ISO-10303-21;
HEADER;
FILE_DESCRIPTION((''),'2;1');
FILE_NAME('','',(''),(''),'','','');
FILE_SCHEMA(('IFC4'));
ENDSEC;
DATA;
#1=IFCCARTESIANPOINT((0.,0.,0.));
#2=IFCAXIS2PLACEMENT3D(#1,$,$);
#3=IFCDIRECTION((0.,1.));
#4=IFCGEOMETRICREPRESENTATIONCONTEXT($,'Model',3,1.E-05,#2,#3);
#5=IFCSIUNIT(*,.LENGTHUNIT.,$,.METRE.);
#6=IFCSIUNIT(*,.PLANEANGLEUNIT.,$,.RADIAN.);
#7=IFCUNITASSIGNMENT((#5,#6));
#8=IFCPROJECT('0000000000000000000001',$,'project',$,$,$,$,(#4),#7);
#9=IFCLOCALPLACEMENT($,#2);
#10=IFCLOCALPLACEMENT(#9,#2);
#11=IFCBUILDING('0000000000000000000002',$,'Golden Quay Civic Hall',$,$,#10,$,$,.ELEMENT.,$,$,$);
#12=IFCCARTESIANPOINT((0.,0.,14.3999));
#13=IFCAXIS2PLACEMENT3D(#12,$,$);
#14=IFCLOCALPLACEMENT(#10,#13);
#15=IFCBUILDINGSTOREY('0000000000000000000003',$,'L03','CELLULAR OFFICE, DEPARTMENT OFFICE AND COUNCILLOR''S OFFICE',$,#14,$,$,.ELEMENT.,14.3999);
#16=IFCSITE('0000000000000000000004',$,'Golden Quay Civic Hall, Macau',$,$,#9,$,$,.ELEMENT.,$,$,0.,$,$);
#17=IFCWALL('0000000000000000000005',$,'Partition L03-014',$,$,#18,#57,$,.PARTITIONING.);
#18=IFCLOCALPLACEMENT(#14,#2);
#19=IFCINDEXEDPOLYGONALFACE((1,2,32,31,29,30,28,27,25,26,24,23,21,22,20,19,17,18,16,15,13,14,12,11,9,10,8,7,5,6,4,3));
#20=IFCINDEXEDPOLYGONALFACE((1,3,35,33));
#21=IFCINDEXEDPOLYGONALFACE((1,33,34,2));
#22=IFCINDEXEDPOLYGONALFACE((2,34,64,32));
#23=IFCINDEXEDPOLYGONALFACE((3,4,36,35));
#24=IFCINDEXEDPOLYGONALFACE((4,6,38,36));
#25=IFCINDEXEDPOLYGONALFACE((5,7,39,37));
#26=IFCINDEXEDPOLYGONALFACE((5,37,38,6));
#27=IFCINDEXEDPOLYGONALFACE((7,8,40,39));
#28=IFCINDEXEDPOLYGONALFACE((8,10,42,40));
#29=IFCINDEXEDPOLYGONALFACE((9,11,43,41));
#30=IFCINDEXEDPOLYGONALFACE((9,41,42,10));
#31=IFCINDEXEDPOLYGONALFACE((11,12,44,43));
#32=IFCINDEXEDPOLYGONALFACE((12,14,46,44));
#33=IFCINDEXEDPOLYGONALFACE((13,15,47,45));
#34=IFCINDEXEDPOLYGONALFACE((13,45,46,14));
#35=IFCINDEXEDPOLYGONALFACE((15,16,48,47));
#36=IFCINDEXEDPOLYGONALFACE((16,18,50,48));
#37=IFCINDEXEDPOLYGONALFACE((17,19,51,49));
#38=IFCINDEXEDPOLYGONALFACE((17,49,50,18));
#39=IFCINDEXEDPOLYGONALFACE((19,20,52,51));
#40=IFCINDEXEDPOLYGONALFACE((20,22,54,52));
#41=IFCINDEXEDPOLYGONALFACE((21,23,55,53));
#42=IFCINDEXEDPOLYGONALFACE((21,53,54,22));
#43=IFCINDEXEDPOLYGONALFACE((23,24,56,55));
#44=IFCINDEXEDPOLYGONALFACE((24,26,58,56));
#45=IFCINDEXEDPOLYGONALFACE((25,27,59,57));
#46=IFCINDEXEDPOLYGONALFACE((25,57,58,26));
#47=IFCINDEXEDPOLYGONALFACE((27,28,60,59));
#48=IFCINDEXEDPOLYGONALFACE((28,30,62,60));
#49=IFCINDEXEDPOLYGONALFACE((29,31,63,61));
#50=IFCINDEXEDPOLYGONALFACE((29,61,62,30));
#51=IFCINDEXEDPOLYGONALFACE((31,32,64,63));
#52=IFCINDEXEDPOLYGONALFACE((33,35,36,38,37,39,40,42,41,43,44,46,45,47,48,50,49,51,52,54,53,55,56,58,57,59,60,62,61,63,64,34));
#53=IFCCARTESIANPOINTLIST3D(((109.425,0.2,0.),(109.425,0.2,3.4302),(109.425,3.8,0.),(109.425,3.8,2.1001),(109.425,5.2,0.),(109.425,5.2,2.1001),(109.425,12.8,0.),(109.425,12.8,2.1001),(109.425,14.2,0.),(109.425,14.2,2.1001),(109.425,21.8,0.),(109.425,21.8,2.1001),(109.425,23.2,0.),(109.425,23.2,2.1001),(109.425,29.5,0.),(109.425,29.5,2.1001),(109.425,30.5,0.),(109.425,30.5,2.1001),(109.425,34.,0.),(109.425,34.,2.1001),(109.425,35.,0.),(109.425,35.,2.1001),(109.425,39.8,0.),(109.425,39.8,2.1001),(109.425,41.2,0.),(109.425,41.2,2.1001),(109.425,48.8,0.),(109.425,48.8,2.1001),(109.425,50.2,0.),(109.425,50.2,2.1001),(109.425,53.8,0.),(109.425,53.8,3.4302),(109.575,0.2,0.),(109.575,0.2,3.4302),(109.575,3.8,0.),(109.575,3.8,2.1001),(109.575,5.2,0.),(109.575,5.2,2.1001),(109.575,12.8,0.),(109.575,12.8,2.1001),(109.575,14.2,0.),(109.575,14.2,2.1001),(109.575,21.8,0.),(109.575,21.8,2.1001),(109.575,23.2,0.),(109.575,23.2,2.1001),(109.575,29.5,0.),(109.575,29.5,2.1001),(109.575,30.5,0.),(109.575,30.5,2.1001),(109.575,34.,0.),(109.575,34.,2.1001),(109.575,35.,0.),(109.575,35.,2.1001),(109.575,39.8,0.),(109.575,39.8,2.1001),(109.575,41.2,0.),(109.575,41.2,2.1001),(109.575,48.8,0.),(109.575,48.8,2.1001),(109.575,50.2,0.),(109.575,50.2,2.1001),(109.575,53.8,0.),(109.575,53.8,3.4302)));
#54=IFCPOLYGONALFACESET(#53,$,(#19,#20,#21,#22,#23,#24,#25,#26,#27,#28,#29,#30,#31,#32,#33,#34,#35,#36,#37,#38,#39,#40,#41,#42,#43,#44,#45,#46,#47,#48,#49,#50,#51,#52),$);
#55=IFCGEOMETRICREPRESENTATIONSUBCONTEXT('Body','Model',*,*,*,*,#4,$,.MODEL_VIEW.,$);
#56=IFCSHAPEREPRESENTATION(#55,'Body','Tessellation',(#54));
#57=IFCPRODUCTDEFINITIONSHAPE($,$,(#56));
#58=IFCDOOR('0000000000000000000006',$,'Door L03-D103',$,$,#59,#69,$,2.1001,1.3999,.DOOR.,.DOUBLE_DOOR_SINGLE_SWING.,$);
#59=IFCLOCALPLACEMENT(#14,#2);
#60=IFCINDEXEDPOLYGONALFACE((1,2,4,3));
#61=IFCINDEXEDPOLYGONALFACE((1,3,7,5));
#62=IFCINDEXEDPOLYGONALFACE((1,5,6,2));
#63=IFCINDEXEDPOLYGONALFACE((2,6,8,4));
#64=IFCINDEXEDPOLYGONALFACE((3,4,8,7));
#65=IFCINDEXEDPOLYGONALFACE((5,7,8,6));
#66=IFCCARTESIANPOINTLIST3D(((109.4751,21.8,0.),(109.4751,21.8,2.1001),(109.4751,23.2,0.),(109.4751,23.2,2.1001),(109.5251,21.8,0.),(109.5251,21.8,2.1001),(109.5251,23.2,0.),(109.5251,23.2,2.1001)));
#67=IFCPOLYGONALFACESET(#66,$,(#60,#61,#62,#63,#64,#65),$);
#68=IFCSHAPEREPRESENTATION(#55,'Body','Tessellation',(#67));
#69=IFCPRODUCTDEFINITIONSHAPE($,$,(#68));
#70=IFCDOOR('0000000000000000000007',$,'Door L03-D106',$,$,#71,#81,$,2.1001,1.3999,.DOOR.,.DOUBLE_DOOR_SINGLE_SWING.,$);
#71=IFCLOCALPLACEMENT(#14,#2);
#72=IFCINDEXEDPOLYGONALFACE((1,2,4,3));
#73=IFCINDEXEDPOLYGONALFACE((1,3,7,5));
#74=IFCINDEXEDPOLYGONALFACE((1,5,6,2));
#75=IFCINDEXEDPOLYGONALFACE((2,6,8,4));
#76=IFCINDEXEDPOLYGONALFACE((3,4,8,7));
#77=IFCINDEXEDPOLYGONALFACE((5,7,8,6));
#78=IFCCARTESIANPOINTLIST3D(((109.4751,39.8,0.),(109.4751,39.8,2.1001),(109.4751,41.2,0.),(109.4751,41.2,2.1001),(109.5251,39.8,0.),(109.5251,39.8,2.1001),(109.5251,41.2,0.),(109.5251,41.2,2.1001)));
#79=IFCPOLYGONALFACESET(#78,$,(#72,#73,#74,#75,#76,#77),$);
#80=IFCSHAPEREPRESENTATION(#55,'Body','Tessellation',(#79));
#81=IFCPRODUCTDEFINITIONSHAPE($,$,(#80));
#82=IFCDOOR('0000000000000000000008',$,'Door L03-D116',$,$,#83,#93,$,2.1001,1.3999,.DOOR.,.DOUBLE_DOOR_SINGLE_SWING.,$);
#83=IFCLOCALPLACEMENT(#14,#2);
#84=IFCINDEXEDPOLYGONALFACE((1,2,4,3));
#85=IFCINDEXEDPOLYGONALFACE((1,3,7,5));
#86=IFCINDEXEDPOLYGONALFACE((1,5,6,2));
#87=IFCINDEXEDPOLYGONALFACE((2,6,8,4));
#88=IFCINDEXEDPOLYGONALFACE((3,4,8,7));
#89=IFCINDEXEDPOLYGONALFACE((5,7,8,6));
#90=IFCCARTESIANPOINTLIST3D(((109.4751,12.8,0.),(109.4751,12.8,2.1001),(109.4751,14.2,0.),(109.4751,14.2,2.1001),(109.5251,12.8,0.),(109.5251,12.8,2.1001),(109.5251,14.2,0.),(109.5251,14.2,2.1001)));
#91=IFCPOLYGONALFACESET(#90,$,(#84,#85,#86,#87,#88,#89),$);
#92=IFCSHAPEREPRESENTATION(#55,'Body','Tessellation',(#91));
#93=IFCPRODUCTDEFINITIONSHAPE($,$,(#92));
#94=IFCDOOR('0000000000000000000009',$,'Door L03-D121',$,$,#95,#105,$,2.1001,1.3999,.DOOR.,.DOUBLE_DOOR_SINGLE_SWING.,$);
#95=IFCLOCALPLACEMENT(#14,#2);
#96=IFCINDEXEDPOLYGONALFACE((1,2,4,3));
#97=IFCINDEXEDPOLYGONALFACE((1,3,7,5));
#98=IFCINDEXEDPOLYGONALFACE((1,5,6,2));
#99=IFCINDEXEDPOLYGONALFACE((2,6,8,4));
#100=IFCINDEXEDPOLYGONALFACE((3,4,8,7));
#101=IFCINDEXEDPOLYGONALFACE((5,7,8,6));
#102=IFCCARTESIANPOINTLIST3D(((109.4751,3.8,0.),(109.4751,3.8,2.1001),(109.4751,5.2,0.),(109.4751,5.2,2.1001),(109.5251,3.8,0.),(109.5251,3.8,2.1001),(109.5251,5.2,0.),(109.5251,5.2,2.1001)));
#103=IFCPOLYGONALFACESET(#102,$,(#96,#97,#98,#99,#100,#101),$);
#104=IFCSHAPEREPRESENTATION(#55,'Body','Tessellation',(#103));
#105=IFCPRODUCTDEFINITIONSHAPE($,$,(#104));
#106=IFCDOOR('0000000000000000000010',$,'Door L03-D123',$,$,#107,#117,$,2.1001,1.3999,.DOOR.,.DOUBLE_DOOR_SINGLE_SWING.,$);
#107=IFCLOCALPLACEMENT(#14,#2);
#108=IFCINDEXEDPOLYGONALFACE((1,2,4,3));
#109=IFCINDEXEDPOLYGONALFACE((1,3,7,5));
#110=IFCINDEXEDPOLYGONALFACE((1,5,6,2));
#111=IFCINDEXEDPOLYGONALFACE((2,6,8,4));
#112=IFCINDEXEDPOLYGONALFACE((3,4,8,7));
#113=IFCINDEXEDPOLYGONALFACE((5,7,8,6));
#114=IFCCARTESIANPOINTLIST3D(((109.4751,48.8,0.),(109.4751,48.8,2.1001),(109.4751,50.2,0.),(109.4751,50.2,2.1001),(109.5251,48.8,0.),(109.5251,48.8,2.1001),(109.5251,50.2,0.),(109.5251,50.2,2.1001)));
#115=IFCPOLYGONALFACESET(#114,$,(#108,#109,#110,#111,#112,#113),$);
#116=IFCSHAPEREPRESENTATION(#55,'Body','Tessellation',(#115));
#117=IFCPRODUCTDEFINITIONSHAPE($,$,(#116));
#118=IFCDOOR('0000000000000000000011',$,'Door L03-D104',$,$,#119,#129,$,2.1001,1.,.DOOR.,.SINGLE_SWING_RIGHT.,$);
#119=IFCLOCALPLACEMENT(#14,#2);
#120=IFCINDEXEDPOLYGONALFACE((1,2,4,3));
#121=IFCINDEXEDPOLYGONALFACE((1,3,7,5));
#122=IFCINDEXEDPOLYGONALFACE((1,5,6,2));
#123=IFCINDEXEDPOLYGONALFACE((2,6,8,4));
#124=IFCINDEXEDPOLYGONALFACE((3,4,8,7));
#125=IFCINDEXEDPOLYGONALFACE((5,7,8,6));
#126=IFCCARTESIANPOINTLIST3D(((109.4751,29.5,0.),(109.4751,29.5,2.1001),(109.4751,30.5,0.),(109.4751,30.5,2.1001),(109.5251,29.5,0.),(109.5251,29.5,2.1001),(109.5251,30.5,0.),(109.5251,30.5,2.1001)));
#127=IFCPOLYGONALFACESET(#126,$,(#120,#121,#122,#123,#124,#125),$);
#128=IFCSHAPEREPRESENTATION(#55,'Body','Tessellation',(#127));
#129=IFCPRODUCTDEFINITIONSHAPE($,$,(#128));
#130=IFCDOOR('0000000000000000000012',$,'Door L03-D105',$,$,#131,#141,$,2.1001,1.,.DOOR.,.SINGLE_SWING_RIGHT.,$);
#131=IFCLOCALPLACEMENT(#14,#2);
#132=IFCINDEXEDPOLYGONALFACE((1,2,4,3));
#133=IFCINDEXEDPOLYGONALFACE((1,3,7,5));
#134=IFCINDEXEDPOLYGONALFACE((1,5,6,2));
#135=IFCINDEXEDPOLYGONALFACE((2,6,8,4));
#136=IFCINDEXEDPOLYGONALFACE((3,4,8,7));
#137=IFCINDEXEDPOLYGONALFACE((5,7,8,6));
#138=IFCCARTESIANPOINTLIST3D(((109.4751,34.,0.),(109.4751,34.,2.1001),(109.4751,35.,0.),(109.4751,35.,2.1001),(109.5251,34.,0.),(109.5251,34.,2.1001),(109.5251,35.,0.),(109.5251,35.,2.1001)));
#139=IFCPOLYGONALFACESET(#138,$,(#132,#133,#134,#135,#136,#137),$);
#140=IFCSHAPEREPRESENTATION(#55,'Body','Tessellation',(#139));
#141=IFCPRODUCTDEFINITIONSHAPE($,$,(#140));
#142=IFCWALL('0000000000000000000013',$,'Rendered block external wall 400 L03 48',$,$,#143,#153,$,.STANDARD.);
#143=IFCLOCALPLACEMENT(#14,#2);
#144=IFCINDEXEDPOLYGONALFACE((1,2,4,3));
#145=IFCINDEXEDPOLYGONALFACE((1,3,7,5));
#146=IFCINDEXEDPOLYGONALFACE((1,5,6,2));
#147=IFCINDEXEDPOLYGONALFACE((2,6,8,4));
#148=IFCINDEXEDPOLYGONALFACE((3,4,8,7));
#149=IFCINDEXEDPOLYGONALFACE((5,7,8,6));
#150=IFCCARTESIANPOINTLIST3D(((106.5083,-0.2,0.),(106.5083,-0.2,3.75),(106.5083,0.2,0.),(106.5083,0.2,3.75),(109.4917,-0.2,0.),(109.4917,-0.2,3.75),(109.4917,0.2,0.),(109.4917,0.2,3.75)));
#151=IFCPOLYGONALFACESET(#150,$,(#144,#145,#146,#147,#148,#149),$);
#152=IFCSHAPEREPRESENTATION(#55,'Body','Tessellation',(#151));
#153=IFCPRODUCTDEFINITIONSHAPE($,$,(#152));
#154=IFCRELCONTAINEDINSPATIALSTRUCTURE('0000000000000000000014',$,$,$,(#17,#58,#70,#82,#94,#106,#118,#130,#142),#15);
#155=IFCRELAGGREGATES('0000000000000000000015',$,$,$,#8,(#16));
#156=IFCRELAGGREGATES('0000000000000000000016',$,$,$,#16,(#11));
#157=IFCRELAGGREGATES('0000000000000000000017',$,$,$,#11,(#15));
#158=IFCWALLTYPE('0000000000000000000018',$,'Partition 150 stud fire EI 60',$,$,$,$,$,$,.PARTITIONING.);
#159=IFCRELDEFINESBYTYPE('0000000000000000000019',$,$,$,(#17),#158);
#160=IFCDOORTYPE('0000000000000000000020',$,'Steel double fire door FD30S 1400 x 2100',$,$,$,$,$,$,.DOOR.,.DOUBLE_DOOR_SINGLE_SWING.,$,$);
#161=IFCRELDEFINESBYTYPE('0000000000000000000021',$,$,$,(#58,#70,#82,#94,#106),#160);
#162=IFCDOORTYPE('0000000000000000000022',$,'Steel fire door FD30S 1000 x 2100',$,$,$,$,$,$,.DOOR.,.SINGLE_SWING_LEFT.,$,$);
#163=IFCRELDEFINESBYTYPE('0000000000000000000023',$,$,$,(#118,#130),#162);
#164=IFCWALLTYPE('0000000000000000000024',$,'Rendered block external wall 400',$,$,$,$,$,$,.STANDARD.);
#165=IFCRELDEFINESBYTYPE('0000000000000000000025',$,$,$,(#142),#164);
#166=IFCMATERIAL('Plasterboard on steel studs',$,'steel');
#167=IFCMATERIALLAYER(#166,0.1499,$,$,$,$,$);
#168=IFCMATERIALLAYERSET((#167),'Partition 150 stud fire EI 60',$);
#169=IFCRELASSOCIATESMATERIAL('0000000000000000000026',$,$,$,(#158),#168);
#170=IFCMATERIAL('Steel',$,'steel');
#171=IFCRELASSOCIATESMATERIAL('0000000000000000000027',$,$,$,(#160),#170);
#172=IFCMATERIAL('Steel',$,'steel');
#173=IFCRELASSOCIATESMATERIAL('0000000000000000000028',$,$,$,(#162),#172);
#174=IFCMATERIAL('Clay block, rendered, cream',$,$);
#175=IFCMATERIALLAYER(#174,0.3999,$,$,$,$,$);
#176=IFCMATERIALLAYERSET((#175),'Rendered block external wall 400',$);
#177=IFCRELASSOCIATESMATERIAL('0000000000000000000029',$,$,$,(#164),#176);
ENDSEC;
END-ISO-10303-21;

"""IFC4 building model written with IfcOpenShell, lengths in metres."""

from ifc_helpers import new_model, si_unit, direction, frame, frame_2d, origin, place, context, subcontext, project, spatial, rectangle, extrude, material, layer, layer_set, type_object, element, fill, save


model = new_model("IFC4")

# Units and contexts
model_context = context("Model", 3, precision=1e-05, world=origin(), true_north=direction((0.0, 1.0)))
body_context = subcontext(model_context, "Body", "Model", "MODEL_VIEW")
ifc_project = project(units=[si_unit("LENGTHUNIT", "METRE"), si_unit("PLANEANGLEUNIT", "RADIAN")], contexts=[model_context])

# Site, building, storey
site_placement = place(None, origin())
site = spatial("IfcSite", under=ifc_project, at=site_placement, Name="Golden Quay Civic Hall, Macau", CompositionType="ELEMENT", RefElevation=0.0)
building_placement = place(site_placement, origin())
building = spatial("IfcBuilding", under=site, at=building_placement, Name="Golden Quay Civic Hall", CompositionType="ELEMENT")
storey_placement = place(building_placement, frame((0.0, 0.0, 14.3999)))
storey = spatial("IfcBuildingStorey", under=building, at=storey_placement, Name="L03", Description="CELLULAR OFFICE, DEPARTMENT OFFICE AND COUNCILLOR'S OFFICE", CompositionType="ELEMENT", Elevation=14.3999)

# Wall, openings, doors
ifc_material_1 = material(Name="Plasterboard on steel studs", Category="steel")
ifc_layer_1 = layer(ifc_material_1, 0.1499)
ifc_layer_set_1 = layer_set([ifc_layer_1], Name="Partition 150 stud fire EI 60")
wall_type_1 = type_object("IfcWallType", Name="Partition 150 stud fire EI 60", PredefinedType="PARTITIONING", material=ifc_layer_set_1)
wall_1_placement = place(storey_placement, frame((109.5, 0.2, 0.0), z_axis=(0.0, 0.0, 1.0), x_axis=(0.0, 1.0, 0.0)))
wall_1 = element("IfcWall", 1, at=wall_1_placement, inside=storey, type_object=wall_type_1, Name="Partition L03-014", PredefinedType="PARTITIONING", context=body_context, shape_type="SweptSolid", body=[
    extrude(rectangle(XDim=53.6001, YDim=0.1499, at=frame_2d((26.8, 0.0))), origin(), (0.0, 0.0, 1.0), 3.4302),
])
opening_1_placement = place(wall_1_placement, frame((21.6001, 0.0, 0.0)))
opening_1 = element("IfcOpeningElement", 2, at=opening_1_placement, cuts=wall_1, PredefinedType="OPENING", context=body_context, shape_type="SweptSolid", body=[
    extrude(rectangle(XDim=1.3999, YDim=2.1001, at=frame_2d((0.7, 1.05))), frame((0.0, 0.085, 0.0), z_axis=(0.0, -1.0, 0.0), x_axis=(1.0, 0.0, 0.0)), (0.0, 0.0, 1.0), 0.1699),
])
opening_2_placement = place(wall_1_placement, frame((29.3, 0.0, 0.0)))
opening_2 = element("IfcOpeningElement", 3, at=opening_2_placement, cuts=wall_1, PredefinedType="OPENING", context=body_context, shape_type="SweptSolid", body=[
    extrude(rectangle(XDim=1.0, YDim=2.1001, at=frame_2d((0.5, 1.05))), frame((0.0, 0.085, 0.0), z_axis=(0.0, -1.0, 0.0), x_axis=(1.0, 0.0, 0.0)), (0.0, 0.0, 1.0), 0.1699),
])
opening_3_placement = place(wall_1_placement, frame((33.8, 0.0, 0.0)))
opening_3 = element("IfcOpeningElement", 4, at=opening_3_placement, cuts=wall_1, PredefinedType="OPENING", context=body_context, shape_type="SweptSolid", body=[
    extrude(rectangle(XDim=1.0, YDim=2.1001, at=frame_2d((0.5, 1.05))), frame((0.0, 0.085, 0.0), z_axis=(0.0, -1.0, 0.0), x_axis=(1.0, 0.0, 0.0)), (0.0, 0.0, 1.0), 0.1699),
])
opening_4_placement = place(wall_1_placement, frame((39.6001, 0.0, 0.0)))
opening_4 = element("IfcOpeningElement", 5, at=opening_4_placement, cuts=wall_1, PredefinedType="OPENING", context=body_context, shape_type="SweptSolid", body=[
    extrude(rectangle(XDim=1.3999, YDim=2.1001, at=frame_2d((0.7, 1.05))), frame((0.0, 0.085, 0.0), z_axis=(0.0, -1.0, 0.0), x_axis=(1.0, 0.0, 0.0)), (0.0, 0.0, 1.0), 0.1699),
])
opening_5_placement = place(wall_1_placement, frame((12.6001, 0.0, 0.0)))
opening_5 = element("IfcOpeningElement", 6, at=opening_5_placement, cuts=wall_1, PredefinedType="OPENING", context=body_context, shape_type="SweptSolid", body=[
    extrude(rectangle(XDim=1.3999, YDim=2.1001, at=frame_2d((0.7, 1.05))), frame((0.0, 0.085, 0.0), z_axis=(0.0, -1.0, 0.0), x_axis=(1.0, 0.0, 0.0)), (0.0, 0.0, 1.0), 0.1699),
])
opening_6_placement = place(wall_1_placement, frame((3.6001, 0.0, 0.0)))
opening_6 = element("IfcOpeningElement", 7, at=opening_6_placement, cuts=wall_1, PredefinedType="OPENING", context=body_context, shape_type="SweptSolid", body=[
    extrude(rectangle(XDim=1.3999, YDim=2.1001, at=frame_2d((0.7, 1.05))), frame((0.0, 0.085, 0.0), z_axis=(0.0, -1.0, 0.0), x_axis=(1.0, 0.0, 0.0)), (0.0, 0.0, 1.0), 0.1699),
])
opening_7_placement = place(wall_1_placement, frame((48.6001, 0.0, 0.0)))
opening_7 = element("IfcOpeningElement", 8, at=opening_7_placement, cuts=wall_1, PredefinedType="OPENING", context=body_context, shape_type="SweptSolid", body=[
    extrude(rectangle(XDim=1.3999, YDim=2.1001, at=frame_2d((0.7, 1.05))), frame((0.0, 0.085, 0.0), z_axis=(0.0, -1.0, 0.0), x_axis=(1.0, 0.0, 0.0)), (0.0, 0.0, 1.0), 0.1699),
])
ifc_material_2 = material(Name="Steel", Category="steel")
door_type_1 = type_object("IfcDoorType", Name="Steel double fire door FD30S 1400 x 2100", OperationType="DOUBLE_DOOR_SINGLE_SWING", PredefinedType="DOOR", material=ifc_material_2)
door_1_placement = place(opening_1_placement, frame((1.3999, 0.0, 0.0), z_axis=(0.0, 0.0, 1.0), x_axis=(-1.0, 0.0, 0.0)))
door_1 = element("IfcDoor", 9, at=door_1_placement, inside=storey, type_object=door_type_1, Name="Door L03-D103", OperationType="DOUBLE_DOOR_SINGLE_SWING", OverallHeight=2.1001, OverallWidth=1.3999, PredefinedType="DOOR", context=body_context, shape_type="SweptSolid", body=[
    extrude(rectangle(XDim=1.3999, YDim=2.1001, at=frame_2d((0.7, 1.05))), frame((0.0, 0.0251, 0.0), z_axis=(0.0, -1.0, 0.0), x_axis=(1.0, 0.0, 0.0)), (0.0, 0.0, 1.0), 0.05),
])
fill(opening_1, door_1)
door_2_placement = place(opening_4_placement, frame((1.3999, 0.0, 0.0), z_axis=(0.0, 0.0, 1.0), x_axis=(-1.0, 0.0, 0.0)))
door_2 = element("IfcDoor", 10, at=door_2_placement, inside=storey, type_object=door_type_1, Name="Door L03-D106", OperationType="DOUBLE_DOOR_SINGLE_SWING", OverallHeight=2.1001, OverallWidth=1.3999, PredefinedType="DOOR", context=body_context, shape_type="SweptSolid", body=[
    extrude(rectangle(XDim=1.3999, YDim=2.1001, at=frame_2d((0.7, 1.05))), frame((0.0, 0.0251, 0.0), z_axis=(0.0, -1.0, 0.0), x_axis=(1.0, 0.0, 0.0)), (0.0, 0.0, 1.0), 0.05),
])
fill(opening_4, door_2)
door_3_placement = place(opening_5_placement, frame((1.3999, 0.0, 0.0), z_axis=(0.0, 0.0, 1.0), x_axis=(-1.0, 0.0, 0.0)))
door_3 = element("IfcDoor", 11, at=door_3_placement, inside=storey, type_object=door_type_1, Name="Door L03-D116", OperationType="DOUBLE_DOOR_SINGLE_SWING", OverallHeight=2.1001, OverallWidth=1.3999, PredefinedType="DOOR", context=body_context, shape_type="SweptSolid", body=[
    extrude(rectangle(XDim=1.3999, YDim=2.1001, at=frame_2d((0.7, 1.05))), frame((0.0, 0.0251, 0.0), z_axis=(0.0, -1.0, 0.0), x_axis=(1.0, 0.0, 0.0)), (0.0, 0.0, 1.0), 0.05),
])
fill(opening_5, door_3)
door_4_placement = place(opening_6_placement, origin())
door_4 = element("IfcDoor", 12, at=door_4_placement, inside=storey, type_object=door_type_1, Name="Door L03-D121", OperationType="DOUBLE_DOOR_SINGLE_SWING", OverallHeight=2.1001, OverallWidth=1.3999, PredefinedType="DOOR", context=body_context, shape_type="SweptSolid", body=[
    extrude(rectangle(XDim=1.3999, YDim=2.1001, at=frame_2d((0.7, 1.05))), frame((0.0, 0.0249, 0.0), z_axis=(0.0, -1.0, 0.0), x_axis=(1.0, 0.0, 0.0)), (0.0, 0.0, 1.0), 0.05),
])
fill(opening_6, door_4)
door_5_placement = place(opening_7_placement, origin())
door_5 = element("IfcDoor", 13, at=door_5_placement, inside=storey, type_object=door_type_1, Name="Door L03-D123", OperationType="DOUBLE_DOOR_SINGLE_SWING", OverallHeight=2.1001, OverallWidth=1.3999, PredefinedType="DOOR", context=body_context, shape_type="SweptSolid", body=[
    extrude(rectangle(XDim=1.3999, YDim=2.1001, at=frame_2d((0.7, 1.05))), frame((0.0, 0.0249, 0.0), z_axis=(0.0, -1.0, 0.0), x_axis=(1.0, 0.0, 0.0)), (0.0, 0.0, 1.0), 0.05),
])
fill(opening_7, door_5)
ifc_material_3 = material(Name="Steel", Category="steel")
door_type_2 = type_object("IfcDoorType", Name="Steel fire door FD30S 1000 x 2100", OperationType="SINGLE_SWING_LEFT", PredefinedType="DOOR", material=ifc_material_3)
door_6_placement = place(opening_2_placement, frame((1.0, 0.0, 0.0), z_axis=(0.0, 0.0, 1.0), x_axis=(-1.0, 0.0, 0.0)))
door_6 = element("IfcDoor", 14, at=door_6_placement, inside=storey, type_object=door_type_2, Name="Door L03-D104", OperationType="SINGLE_SWING_RIGHT", OverallHeight=2.1001, OverallWidth=1.0, PredefinedType="DOOR", context=body_context, shape_type="SweptSolid", body=[
    extrude(rectangle(XDim=1.0, YDim=2.1001, at=frame_2d((0.5, 1.05))), frame((0.0, 0.0251, 0.0), z_axis=(0.0, -1.0, 0.0), x_axis=(1.0, 0.0, 0.0)), (0.0, 0.0, 1.0), 0.05),
])
fill(opening_2, door_6)
door_7_placement = place(opening_3_placement, frame((1.0, 0.0, 0.0), z_axis=(0.0, 0.0, 1.0), x_axis=(-1.0, 0.0, 0.0)))
door_7 = element("IfcDoor", 15, at=door_7_placement, inside=storey, type_object=door_type_2, Name="Door L03-D105", OperationType="SINGLE_SWING_RIGHT", OverallHeight=2.1001, OverallWidth=1.0, PredefinedType="DOOR", context=body_context, shape_type="SweptSolid", body=[
    extrude(rectangle(XDim=1.0, YDim=2.1001, at=frame_2d((0.5, 1.05))), frame((0.0, 0.0251, 0.0), z_axis=(0.0, -1.0, 0.0), x_axis=(1.0, 0.0, 0.0)), (0.0, 0.0, 1.0), 0.05),
])
fill(opening_3, door_7)

# Wall
ifc_material_4 = material(Name="Clay block, rendered, cream")
ifc_layer_2 = layer(ifc_material_4, 0.3999)
ifc_layer_set_2 = layer_set([ifc_layer_2], Name="Rendered block external wall 400")
wall_type_2 = type_object("IfcWallType", Name="Rendered block external wall 400", PredefinedType="STANDARD", material=ifc_layer_set_2)
wall_2_placement = place(storey_placement, frame((109.4917, 0.0, 0.0), z_axis=(0.0, 0.0, 1.0), x_axis=(-1.0, 0.0, 0.0)))
element("IfcWall", 16, at=wall_2_placement, inside=storey, type_object=wall_type_2, Name="Rendered block external wall 400 L03 48", PredefinedType="STANDARD", context=body_context, shape_type="SweptSolid", body=[
    extrude(rectangle(XDim=2.9834, YDim=0.3999, at=frame_2d((1.4917, 0.0))), origin(), (0.0, 0.0, 1.0), 3.75),
])

save(model, "model.ifc")
